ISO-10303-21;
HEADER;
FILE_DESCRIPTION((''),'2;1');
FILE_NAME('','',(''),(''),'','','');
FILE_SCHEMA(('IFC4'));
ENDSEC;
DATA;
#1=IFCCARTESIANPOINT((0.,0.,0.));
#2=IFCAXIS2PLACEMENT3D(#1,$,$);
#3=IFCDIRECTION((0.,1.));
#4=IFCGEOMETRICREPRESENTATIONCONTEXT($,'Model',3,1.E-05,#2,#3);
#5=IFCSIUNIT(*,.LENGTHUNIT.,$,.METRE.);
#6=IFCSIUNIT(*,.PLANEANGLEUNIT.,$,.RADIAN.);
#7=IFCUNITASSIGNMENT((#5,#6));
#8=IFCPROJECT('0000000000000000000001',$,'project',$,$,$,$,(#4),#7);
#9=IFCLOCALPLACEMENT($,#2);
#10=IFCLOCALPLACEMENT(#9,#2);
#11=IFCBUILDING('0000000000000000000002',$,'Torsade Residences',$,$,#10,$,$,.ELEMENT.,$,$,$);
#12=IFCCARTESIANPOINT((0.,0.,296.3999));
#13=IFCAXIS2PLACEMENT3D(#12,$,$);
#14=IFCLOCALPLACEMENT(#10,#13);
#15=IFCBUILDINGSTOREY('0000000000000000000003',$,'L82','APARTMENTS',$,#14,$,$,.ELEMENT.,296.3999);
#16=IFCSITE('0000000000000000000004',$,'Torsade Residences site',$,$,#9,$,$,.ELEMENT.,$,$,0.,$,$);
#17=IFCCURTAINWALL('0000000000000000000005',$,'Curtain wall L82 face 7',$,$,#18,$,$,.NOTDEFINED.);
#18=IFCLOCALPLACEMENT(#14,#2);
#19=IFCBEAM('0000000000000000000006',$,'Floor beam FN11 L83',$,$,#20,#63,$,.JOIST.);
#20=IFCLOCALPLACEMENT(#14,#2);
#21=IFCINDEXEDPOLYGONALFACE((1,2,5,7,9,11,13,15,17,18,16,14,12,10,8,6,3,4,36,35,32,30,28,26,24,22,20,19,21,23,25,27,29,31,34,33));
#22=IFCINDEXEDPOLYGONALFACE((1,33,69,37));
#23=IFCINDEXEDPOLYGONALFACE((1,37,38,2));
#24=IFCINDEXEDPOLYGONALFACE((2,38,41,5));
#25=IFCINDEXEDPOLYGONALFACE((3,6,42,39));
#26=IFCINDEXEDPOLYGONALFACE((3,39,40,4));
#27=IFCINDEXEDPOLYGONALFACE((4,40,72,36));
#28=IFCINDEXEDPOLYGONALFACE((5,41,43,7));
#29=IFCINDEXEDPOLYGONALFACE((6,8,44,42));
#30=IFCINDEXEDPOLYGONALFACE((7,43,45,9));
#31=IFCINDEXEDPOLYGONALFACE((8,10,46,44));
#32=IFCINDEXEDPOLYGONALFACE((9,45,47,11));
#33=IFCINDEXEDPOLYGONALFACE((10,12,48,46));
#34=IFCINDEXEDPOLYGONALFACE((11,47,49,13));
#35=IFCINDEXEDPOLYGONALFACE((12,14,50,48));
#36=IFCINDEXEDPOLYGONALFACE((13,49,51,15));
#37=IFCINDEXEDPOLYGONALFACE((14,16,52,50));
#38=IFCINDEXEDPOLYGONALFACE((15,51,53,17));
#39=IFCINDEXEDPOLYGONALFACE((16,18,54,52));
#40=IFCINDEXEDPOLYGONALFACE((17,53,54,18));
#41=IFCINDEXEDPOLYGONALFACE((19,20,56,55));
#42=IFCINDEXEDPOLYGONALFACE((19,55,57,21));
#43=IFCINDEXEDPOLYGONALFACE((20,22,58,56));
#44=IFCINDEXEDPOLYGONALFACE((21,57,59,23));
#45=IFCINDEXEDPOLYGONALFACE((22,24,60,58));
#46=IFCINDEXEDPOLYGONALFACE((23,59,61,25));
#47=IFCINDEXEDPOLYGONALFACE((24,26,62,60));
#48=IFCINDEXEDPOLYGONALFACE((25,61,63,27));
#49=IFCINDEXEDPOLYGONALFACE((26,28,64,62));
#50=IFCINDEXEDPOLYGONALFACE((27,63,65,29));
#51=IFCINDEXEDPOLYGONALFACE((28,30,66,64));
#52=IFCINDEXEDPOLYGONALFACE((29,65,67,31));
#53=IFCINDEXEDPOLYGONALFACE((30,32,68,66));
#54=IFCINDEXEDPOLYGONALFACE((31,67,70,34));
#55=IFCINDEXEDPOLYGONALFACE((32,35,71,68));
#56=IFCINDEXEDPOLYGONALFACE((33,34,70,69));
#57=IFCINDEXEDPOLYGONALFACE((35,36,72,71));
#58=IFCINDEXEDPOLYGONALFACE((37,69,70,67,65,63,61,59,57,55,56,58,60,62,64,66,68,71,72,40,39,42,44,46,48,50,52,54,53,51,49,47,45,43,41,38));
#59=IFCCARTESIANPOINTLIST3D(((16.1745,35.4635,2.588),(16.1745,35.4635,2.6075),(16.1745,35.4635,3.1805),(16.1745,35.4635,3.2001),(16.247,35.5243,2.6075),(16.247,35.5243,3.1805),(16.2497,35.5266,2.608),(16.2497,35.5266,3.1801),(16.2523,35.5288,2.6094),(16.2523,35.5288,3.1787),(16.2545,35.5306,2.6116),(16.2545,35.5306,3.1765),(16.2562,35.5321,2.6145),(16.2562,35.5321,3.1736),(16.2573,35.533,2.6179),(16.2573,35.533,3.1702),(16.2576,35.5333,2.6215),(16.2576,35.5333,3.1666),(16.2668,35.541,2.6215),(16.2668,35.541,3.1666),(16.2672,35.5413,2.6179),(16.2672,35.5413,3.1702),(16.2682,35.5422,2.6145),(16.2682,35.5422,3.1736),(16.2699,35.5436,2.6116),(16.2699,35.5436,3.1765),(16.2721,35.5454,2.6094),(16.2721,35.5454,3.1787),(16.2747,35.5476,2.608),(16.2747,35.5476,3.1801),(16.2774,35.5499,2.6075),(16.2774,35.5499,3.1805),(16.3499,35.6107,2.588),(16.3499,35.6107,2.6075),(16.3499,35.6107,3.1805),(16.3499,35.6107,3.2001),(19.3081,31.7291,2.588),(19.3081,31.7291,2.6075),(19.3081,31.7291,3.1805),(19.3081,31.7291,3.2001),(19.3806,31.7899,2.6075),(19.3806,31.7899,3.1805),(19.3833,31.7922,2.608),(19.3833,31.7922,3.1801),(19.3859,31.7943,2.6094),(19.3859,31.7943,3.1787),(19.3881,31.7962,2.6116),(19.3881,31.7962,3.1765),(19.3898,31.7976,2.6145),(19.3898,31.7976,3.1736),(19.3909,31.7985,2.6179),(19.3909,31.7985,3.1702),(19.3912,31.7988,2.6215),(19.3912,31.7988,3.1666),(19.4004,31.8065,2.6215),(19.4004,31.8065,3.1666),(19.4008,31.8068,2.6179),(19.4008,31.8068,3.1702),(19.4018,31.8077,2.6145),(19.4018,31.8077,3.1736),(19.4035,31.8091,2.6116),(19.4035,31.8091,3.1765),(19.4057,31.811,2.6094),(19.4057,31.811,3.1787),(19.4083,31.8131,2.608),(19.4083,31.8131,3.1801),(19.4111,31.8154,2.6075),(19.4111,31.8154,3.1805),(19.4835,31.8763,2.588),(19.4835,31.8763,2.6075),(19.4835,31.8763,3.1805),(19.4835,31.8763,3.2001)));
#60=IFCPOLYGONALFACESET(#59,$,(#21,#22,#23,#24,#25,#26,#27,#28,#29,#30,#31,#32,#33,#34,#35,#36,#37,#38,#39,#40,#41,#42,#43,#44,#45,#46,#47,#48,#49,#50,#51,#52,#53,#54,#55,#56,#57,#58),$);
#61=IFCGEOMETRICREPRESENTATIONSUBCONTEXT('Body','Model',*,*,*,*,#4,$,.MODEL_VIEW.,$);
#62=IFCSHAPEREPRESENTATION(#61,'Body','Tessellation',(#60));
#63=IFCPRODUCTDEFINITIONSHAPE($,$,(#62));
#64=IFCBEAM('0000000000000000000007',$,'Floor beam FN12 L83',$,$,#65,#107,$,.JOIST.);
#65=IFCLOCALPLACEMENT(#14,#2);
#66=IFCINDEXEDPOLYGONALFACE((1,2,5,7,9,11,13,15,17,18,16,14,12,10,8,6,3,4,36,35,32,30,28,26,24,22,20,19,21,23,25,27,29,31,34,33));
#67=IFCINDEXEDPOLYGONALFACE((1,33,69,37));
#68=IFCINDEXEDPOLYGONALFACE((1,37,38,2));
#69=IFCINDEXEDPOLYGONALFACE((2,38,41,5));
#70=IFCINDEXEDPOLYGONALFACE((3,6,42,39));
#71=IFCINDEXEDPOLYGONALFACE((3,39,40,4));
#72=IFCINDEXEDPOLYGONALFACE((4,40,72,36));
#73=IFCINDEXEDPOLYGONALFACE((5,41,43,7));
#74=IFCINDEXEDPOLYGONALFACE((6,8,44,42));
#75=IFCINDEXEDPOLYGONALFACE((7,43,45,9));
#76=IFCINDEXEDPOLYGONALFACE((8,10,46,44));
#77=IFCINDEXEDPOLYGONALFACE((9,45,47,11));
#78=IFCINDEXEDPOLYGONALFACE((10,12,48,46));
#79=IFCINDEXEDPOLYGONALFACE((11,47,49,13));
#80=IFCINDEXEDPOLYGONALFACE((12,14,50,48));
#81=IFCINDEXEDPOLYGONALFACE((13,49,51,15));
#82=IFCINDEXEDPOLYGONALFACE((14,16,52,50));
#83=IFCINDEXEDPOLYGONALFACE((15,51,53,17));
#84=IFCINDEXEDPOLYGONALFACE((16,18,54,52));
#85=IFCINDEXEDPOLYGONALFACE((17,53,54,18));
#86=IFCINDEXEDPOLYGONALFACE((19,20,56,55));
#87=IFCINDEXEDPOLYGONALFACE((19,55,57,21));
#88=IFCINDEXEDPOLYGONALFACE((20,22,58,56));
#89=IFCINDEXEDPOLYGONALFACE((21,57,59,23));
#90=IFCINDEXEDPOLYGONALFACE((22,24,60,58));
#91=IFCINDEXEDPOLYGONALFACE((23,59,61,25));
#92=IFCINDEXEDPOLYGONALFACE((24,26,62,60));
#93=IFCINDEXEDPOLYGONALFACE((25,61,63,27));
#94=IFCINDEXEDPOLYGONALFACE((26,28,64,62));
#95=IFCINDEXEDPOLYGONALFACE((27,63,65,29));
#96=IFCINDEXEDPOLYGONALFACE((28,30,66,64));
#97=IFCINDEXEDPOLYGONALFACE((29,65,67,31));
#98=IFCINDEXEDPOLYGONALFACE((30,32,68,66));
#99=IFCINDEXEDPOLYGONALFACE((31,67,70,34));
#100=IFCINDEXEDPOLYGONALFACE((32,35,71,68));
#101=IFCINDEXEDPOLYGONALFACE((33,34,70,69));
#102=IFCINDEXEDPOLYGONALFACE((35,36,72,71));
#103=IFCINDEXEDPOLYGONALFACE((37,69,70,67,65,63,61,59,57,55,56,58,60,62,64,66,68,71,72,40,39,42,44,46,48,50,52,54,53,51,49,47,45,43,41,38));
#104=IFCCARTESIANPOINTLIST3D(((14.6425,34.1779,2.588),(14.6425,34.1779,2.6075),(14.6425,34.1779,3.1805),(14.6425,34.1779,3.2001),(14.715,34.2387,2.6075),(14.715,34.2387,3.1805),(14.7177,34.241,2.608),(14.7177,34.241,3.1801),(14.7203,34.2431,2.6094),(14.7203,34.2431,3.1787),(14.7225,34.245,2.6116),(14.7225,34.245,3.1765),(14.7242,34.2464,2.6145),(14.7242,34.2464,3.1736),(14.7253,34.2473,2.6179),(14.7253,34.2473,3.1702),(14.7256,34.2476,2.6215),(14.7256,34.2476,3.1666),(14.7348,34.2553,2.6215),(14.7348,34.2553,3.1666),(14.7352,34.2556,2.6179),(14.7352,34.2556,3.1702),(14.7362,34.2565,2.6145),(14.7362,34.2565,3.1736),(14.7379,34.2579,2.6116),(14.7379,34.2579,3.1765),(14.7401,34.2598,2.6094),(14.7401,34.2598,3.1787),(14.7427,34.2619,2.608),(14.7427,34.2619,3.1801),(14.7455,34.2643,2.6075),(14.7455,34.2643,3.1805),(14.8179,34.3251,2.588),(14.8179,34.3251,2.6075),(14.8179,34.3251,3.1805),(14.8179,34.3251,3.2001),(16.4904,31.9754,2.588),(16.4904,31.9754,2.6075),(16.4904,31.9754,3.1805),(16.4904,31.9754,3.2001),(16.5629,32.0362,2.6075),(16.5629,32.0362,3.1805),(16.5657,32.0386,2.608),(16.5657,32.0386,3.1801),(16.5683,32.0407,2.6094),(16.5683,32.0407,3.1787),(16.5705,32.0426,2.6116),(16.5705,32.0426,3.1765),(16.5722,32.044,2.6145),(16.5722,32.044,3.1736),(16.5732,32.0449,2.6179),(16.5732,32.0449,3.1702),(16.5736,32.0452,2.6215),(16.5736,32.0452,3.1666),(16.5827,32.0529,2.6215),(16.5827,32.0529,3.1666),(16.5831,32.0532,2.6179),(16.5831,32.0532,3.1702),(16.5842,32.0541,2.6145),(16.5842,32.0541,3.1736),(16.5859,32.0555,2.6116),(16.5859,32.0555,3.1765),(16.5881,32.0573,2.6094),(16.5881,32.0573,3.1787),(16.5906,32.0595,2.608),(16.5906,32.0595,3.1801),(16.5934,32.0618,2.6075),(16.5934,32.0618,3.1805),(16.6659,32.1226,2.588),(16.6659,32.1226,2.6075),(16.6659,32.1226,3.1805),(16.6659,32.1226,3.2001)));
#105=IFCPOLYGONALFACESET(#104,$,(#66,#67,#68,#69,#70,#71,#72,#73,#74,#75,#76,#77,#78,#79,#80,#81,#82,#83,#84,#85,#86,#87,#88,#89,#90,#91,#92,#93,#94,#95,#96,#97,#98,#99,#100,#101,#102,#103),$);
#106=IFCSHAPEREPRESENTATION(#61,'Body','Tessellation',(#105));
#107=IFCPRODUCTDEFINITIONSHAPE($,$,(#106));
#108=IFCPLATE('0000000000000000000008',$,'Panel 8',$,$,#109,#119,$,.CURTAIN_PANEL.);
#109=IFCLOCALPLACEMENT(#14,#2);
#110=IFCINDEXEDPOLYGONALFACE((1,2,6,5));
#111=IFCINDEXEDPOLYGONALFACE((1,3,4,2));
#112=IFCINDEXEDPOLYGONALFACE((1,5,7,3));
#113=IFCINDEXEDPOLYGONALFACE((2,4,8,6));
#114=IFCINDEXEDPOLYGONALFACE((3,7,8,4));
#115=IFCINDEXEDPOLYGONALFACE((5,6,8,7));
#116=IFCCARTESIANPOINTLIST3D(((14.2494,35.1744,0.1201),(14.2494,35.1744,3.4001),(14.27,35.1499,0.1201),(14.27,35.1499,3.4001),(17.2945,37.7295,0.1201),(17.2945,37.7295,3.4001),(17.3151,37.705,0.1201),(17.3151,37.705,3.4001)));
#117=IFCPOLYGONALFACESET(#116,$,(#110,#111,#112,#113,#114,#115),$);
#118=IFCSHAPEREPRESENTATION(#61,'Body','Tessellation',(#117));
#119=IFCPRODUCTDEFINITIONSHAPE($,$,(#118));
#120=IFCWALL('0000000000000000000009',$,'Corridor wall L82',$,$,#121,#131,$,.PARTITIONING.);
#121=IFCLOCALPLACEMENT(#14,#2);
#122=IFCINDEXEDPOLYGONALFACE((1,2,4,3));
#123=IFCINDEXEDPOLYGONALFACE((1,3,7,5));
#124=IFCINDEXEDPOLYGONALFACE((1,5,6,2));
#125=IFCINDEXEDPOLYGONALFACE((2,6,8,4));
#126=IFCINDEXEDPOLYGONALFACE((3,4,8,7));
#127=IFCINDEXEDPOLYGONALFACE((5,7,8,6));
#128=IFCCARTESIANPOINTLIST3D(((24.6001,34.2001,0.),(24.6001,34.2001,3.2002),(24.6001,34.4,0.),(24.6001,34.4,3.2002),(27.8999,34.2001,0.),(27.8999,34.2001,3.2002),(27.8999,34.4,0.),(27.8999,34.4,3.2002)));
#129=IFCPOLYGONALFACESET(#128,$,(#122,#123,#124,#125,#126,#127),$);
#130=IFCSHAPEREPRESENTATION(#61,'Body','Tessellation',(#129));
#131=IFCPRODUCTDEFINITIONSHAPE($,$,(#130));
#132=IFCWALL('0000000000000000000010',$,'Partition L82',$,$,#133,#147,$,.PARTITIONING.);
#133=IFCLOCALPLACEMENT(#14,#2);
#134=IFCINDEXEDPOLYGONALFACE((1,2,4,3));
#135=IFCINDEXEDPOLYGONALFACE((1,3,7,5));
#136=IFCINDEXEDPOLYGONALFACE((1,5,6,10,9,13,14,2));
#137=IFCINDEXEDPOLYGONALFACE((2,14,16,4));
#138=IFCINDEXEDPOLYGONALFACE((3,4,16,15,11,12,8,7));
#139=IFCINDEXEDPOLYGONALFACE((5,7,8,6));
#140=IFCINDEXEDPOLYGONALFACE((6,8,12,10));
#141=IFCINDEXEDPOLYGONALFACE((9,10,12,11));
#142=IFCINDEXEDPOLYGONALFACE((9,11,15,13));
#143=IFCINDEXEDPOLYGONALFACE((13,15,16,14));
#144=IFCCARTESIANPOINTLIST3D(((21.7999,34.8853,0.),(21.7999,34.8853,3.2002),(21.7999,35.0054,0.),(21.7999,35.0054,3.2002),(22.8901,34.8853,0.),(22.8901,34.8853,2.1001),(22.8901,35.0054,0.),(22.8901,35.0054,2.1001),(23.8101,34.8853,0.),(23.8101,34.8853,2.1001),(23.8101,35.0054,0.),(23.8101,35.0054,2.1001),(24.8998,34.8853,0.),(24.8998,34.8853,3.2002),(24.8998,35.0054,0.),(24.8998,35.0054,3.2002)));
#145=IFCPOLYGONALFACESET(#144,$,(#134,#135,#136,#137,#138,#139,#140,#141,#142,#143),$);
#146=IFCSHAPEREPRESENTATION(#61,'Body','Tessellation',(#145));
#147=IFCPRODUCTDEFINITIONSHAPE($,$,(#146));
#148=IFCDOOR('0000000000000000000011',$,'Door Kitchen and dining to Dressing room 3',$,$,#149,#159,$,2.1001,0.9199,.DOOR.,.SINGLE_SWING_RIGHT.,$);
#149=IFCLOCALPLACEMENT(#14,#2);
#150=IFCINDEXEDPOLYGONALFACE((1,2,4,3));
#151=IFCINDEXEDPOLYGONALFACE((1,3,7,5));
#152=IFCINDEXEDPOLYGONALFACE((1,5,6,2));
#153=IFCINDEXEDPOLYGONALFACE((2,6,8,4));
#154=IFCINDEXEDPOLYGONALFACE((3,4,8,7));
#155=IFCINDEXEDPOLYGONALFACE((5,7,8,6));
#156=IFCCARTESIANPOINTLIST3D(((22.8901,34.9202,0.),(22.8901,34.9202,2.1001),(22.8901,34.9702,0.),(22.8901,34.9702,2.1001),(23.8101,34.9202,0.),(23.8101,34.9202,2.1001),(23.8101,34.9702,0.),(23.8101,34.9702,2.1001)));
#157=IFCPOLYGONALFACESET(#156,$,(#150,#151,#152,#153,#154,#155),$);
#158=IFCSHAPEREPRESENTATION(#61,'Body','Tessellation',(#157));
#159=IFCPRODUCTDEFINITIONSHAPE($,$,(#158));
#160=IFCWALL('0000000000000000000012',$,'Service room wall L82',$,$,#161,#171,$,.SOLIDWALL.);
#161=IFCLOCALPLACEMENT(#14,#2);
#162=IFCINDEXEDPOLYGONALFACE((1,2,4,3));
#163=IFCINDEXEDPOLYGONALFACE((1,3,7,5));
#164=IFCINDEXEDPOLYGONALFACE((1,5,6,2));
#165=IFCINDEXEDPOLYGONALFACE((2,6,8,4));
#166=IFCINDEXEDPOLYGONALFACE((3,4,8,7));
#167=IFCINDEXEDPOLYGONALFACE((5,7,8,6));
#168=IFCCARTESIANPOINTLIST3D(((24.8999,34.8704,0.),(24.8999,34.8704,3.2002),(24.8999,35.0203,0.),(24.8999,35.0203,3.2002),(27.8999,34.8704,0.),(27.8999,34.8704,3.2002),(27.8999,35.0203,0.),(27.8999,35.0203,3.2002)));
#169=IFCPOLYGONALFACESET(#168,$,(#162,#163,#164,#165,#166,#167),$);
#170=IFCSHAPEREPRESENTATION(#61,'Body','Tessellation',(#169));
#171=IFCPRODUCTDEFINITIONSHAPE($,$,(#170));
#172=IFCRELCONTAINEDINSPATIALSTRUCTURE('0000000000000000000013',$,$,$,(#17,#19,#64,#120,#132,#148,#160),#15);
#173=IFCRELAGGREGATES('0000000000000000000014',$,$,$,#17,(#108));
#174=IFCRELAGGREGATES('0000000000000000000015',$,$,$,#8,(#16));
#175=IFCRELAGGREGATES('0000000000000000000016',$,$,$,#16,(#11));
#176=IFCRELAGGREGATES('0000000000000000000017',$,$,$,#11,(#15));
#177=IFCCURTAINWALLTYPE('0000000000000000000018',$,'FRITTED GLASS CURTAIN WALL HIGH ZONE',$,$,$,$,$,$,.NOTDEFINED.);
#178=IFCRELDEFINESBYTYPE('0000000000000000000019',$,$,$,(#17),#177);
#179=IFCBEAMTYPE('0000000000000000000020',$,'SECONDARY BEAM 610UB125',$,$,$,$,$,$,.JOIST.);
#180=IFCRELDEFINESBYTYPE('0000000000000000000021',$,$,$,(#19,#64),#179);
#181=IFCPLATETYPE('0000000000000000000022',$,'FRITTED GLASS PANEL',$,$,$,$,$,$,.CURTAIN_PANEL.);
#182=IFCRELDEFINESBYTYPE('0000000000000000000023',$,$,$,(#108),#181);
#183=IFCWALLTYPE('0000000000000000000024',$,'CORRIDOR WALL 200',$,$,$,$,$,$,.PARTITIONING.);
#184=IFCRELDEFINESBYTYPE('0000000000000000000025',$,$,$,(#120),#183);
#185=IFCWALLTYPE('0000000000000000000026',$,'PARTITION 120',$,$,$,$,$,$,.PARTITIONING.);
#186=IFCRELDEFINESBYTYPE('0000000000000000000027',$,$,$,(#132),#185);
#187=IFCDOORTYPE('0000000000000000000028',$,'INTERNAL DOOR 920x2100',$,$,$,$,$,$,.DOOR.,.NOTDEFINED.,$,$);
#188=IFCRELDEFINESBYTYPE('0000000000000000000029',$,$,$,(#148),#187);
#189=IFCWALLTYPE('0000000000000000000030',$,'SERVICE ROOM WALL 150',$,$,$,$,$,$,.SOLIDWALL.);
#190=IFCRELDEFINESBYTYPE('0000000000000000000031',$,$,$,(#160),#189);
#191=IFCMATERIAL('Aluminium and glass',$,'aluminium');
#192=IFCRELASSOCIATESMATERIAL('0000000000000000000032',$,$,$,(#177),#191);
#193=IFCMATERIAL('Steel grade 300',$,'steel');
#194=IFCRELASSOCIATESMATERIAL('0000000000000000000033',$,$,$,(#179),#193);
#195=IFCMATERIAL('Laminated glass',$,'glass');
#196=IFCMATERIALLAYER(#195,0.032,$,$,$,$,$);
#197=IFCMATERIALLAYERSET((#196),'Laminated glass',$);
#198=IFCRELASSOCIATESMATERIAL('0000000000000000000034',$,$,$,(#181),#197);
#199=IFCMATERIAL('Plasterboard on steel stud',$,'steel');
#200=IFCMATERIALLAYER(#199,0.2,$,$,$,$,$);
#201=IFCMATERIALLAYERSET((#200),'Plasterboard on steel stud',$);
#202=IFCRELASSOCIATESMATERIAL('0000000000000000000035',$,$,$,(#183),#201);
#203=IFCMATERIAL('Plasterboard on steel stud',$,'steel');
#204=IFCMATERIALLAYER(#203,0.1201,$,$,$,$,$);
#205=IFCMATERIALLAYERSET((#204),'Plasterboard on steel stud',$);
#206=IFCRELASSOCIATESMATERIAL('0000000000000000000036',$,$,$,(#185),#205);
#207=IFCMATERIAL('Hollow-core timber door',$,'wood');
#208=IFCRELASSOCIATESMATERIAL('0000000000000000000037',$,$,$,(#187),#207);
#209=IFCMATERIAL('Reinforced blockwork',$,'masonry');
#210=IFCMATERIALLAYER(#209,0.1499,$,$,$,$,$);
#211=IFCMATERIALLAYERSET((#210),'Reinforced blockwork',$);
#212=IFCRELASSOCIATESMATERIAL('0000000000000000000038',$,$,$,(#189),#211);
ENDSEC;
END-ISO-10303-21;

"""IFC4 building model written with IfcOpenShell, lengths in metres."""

from ifc_helpers import new_model, si_unit, direction, frame, frame_2d, origin, origin_2d, place, context, subcontext, project, spatial, rectangle, i_section, extrude, material, layer, layer_set, material_profile, profile_set, type_object, element, fill, aggregate, save


model = new_model("IFC4")

# Units and contexts
model_context = context("Model", 3, precision=1e-05, world=origin(), true_north=direction((0.0, 1.0)))
body_context = subcontext(model_context, "Body", "Model", "MODEL_VIEW")
ifc_project = project(units=[si_unit("LENGTHUNIT", "METRE"), si_unit("PLANEANGLEUNIT", "RADIAN")], contexts=[model_context])

# Site, building, storey
site_placement = place(None, origin())
site = spatial("IfcSite", under=ifc_project, at=site_placement, Name="Torsade Residences site", CompositionType="ELEMENT", RefElevation=0.0)
building_placement = place(site_placement, origin())
building = spatial("IfcBuilding", under=site, at=building_placement, Name="Torsade Residences", CompositionType="ELEMENT")
storey_placement = place(building_placement, frame((0.0, 0.0, 296.3999)))
storey = spatial("IfcBuildingStorey", under=building, at=storey_placement, Name="L82", Description="APARTMENTS", CompositionType="ELEMENT", Elevation=296.3999)

# Curtain wall
ifc_material_1 = material(Name="Aluminium and glass", Category="aluminium")
curtain_wall_type = type_object("IfcCurtainWallType", Name="FRITTED GLASS CURTAIN WALL HIGH ZONE", PredefinedType="NOTDEFINED", material=ifc_material_1)
curtain_wall_placement = place(storey_placement, origin())
curtain_wall = element("IfcCurtainWall", 1, at=curtain_wall_placement, inside=storey, type_object=curtain_wall_type, Name="Curtain wall L82 face 7", PredefinedType="NOTDEFINED")

# Beams
ifc_material_2 = material(Name="Steel grade 300", Category="steel")
ifc_material_profile_1 = material_profile(ifc_material_2, i_section(OverallWidth=0.229, OverallDepth=0.6121, WebThickness=0.012, FlangeThickness=0.0195, FilletRadius=0.0139, at=origin_2d()), Name="610UB125")
ifc_profile_set_1 = profile_set([ifc_material_profile_1], Name="Steel grade 300")
beam_type_1 = type_object("IfcBeamType", Name="SECONDARY BEAM 610UB125", PredefinedType="JOIST", material=ifc_profile_set_1)
beam_1_placement = place(storey_placement, frame((16.2622, 35.5371, 2.894), z_axis=(0.642791, -0.766041, 0.0), x_axis=(0.766041, 0.642791, 0.0)))
element("IfcBeam", 2, at=beam_1_placement, inside=storey, type_object=beam_type_1, Name="Floor beam FN11 L83", PredefinedType="JOIST", context=body_context, shape_type="SweptSolid", body=[
    extrude(i_section(OverallWidth=0.229, OverallDepth=0.6121, WebThickness=0.012, FlangeThickness=0.0195, FilletRadius=0.0139, at=origin_2d()), origin(), (0.0, 0.0, 1.0), 4.875),
])
beam_2_placement = place(storey_placement, frame((14.7302, 34.2515, 2.894), z_axis=(0.642762, -0.766066, 0.0), x_axis=(0.766066, 0.642762, 0.0)))
element("IfcBeam", 3, at=beam_2_placement, inside=storey, type_object=beam_type_1, Name="Floor beam FN12 L83", PredefinedType="JOIST", context=body_context, shape_type="SweptSolid", body=[
    extrude(i_section(OverallWidth=0.229, OverallDepth=0.6121, WebThickness=0.012, FlangeThickness=0.0195, FilletRadius=0.0139, at=origin_2d()), origin(), (0.0, 0.0, 1.0), 2.875),
])

# Plate
ifc_material_3 = material(Name="Laminated glass", Category="glass")
ifc_layer_1 = layer(ifc_material_3, 0.032)
ifc_layer_set_1 = layer_set([ifc_layer_1], Name="Laminated glass")
plate_type = type_object("IfcPlateType", Name="FRITTED GLASS PANEL", PredefinedType="CURTAIN_PANEL", material=ifc_layer_set_1)
plate_placement = place(storey_placement, frame((15.7822, 36.4397, 0.1201), z_axis=(0.0, 0.0, 1.0), x_axis=(-0.766044, -0.642788, 0.0)))
plate = element("IfcPlate", 4, at=plate_placement, type_object=plate_type, Name="Panel 8", PredefinedType="CURTAIN_PANEL", context=body_context, shape_type="SweptSolid", body=[
    extrude(rectangle(XDim=3.9751, YDim=0.032, at=origin_2d()), origin(), (0.0, 0.0, 1.0), 3.28),
])
aggregate(curtain_wall, [plate])

# Wall
ifc_material_4 = material(Name="Plasterboard on steel stud", Category="steel")
ifc_layer_2 = layer(ifc_material_4, 0.2)
ifc_layer_set_2 = layer_set([ifc_layer_2], Name="Plasterboard on steel stud")
wall_type_1 = type_object("IfcWallType", Name="CORRIDOR WALL 200", PredefinedType="PARTITIONING", material=ifc_layer_set_2)
wall_1_placement = place(storey_placement, frame((27.8999, 34.3, 0.0), z_axis=(0.0, 0.0, 1.0), x_axis=(-1.0, 0.0, 0.0)))
element("IfcWall", 5, at=wall_1_placement, inside=storey, type_object=wall_type_1, Name="Corridor wall L82", PredefinedType="PARTITIONING", context=body_context, shape_type="SweptSolid", body=[
    extrude(rectangle(XDim=3.2998, YDim=0.2, at=frame_2d((1.6499, 0.0))), origin(), (0.0, 0.0, 1.0), 3.2002),
])

# Wall, opening, door
ifc_material_5 = material(Name="Plasterboard on steel stud", Category="steel")
ifc_layer_3 = layer(ifc_material_5, 0.1201)
ifc_layer_set_3 = layer_set([ifc_layer_3], Name="Plasterboard on steel stud")
wall_type_2 = type_object("IfcWallType", Name="PARTITION 120", PredefinedType="PARTITIONING", material=ifc_layer_set_3)
wall_2_placement = place(storey_placement, frame((21.8, 34.9453, 0.0), z_axis=(0.0, 0.0, 1.0), x_axis=(1.0, 0.0, 0.0)))
wall_2 = element("IfcWall", 6, at=wall_2_placement, inside=storey, type_object=wall_type_2, Name="Partition L82", PredefinedType="PARTITIONING", context=body_context, shape_type="SweptSolid", body=[
    extrude(rectangle(XDim=3.0999, YDim=0.1201, at=frame_2d((1.5498, 0.0))), origin(), (0.0, 0.0, 1.0), 3.2002),
])
opening_1_placement = place(wall_2_placement, frame((1.0901, 0.0, 0.0)))
opening_1 = element("IfcOpeningElement", 7, at=opening_1_placement, cuts=wall_2, PredefinedType="OPENING", context=body_context, shape_type="SweptSolid", body=[
    extrude(rectangle(XDim=0.9199, YDim=2.1001, at=frame_2d((0.46, 1.05))), frame((0.0, 0.0701, 0.0), z_axis=(0.0, -1.0, 0.0), x_axis=(1.0, 0.0, 0.0)), (0.0, 0.0, 1.0), 0.1401),
])
ifc_material_6 = material(Name="Hollow-core timber door", Category="wood")
door_type_1 = type_object("IfcDoorType", Name="INTERNAL DOOR 920x2100", OperationType="NOTDEFINED", PredefinedType="DOOR", material=ifc_material_6)
door_1_placement = place(opening_1_placement, origin())
door_1 = element("IfcDoor", 8, at=door_1_placement, inside=storey, type_object=door_type_1, Name="Door Kitchen and dining to Dressing room 3", OperationType="SINGLE_SWING_RIGHT", OverallHeight=2.1001, OverallWidth=0.9199, PredefinedType="DOOR", context=body_context, shape_type="SweptSolid", body=[
    extrude(rectangle(XDim=0.9199, YDim=2.1001, at=frame_2d((0.46, 1.05))), frame((0.0, 0.0249, 0.0), z_axis=(0.0, -1.0, 0.0), x_axis=(1.0, 0.0, 0.0)), (0.0, 0.0, 1.0), 0.05),
])
fill(opening_1, door_1)

# Wall
ifc_material_7 = material(Name="Reinforced blockwork", Category="masonry")
ifc_layer_4 = layer(ifc_material_7, 0.1499)
ifc_layer_set_4 = layer_set([ifc_layer_4], Name="Reinforced blockwork")
wall_type_3 = type_object("IfcWallType", Name="SERVICE ROOM WALL 150", PredefinedType="SOLIDWALL", material=ifc_layer_set_4)
wall_3_placement = place(storey_placement, frame((24.8999, 34.9453, 0.0), z_axis=(0.0, 0.0, 1.0), x_axis=(1.0, 0.0, 0.0)))
element("IfcWall", 9, at=wall_3_placement, inside=storey, type_object=wall_type_3, Name="Service room wall L82", PredefinedType="SOLIDWALL", context=body_context, shape_type="SweptSolid", body=[
    extrude(rectangle(XDim=3.0, YDim=0.1499, at=frame_2d((1.5, 0.0))), origin(), (0.0, 0.0, 1.0), 3.2002),
])

save(model, "model.ifc")
